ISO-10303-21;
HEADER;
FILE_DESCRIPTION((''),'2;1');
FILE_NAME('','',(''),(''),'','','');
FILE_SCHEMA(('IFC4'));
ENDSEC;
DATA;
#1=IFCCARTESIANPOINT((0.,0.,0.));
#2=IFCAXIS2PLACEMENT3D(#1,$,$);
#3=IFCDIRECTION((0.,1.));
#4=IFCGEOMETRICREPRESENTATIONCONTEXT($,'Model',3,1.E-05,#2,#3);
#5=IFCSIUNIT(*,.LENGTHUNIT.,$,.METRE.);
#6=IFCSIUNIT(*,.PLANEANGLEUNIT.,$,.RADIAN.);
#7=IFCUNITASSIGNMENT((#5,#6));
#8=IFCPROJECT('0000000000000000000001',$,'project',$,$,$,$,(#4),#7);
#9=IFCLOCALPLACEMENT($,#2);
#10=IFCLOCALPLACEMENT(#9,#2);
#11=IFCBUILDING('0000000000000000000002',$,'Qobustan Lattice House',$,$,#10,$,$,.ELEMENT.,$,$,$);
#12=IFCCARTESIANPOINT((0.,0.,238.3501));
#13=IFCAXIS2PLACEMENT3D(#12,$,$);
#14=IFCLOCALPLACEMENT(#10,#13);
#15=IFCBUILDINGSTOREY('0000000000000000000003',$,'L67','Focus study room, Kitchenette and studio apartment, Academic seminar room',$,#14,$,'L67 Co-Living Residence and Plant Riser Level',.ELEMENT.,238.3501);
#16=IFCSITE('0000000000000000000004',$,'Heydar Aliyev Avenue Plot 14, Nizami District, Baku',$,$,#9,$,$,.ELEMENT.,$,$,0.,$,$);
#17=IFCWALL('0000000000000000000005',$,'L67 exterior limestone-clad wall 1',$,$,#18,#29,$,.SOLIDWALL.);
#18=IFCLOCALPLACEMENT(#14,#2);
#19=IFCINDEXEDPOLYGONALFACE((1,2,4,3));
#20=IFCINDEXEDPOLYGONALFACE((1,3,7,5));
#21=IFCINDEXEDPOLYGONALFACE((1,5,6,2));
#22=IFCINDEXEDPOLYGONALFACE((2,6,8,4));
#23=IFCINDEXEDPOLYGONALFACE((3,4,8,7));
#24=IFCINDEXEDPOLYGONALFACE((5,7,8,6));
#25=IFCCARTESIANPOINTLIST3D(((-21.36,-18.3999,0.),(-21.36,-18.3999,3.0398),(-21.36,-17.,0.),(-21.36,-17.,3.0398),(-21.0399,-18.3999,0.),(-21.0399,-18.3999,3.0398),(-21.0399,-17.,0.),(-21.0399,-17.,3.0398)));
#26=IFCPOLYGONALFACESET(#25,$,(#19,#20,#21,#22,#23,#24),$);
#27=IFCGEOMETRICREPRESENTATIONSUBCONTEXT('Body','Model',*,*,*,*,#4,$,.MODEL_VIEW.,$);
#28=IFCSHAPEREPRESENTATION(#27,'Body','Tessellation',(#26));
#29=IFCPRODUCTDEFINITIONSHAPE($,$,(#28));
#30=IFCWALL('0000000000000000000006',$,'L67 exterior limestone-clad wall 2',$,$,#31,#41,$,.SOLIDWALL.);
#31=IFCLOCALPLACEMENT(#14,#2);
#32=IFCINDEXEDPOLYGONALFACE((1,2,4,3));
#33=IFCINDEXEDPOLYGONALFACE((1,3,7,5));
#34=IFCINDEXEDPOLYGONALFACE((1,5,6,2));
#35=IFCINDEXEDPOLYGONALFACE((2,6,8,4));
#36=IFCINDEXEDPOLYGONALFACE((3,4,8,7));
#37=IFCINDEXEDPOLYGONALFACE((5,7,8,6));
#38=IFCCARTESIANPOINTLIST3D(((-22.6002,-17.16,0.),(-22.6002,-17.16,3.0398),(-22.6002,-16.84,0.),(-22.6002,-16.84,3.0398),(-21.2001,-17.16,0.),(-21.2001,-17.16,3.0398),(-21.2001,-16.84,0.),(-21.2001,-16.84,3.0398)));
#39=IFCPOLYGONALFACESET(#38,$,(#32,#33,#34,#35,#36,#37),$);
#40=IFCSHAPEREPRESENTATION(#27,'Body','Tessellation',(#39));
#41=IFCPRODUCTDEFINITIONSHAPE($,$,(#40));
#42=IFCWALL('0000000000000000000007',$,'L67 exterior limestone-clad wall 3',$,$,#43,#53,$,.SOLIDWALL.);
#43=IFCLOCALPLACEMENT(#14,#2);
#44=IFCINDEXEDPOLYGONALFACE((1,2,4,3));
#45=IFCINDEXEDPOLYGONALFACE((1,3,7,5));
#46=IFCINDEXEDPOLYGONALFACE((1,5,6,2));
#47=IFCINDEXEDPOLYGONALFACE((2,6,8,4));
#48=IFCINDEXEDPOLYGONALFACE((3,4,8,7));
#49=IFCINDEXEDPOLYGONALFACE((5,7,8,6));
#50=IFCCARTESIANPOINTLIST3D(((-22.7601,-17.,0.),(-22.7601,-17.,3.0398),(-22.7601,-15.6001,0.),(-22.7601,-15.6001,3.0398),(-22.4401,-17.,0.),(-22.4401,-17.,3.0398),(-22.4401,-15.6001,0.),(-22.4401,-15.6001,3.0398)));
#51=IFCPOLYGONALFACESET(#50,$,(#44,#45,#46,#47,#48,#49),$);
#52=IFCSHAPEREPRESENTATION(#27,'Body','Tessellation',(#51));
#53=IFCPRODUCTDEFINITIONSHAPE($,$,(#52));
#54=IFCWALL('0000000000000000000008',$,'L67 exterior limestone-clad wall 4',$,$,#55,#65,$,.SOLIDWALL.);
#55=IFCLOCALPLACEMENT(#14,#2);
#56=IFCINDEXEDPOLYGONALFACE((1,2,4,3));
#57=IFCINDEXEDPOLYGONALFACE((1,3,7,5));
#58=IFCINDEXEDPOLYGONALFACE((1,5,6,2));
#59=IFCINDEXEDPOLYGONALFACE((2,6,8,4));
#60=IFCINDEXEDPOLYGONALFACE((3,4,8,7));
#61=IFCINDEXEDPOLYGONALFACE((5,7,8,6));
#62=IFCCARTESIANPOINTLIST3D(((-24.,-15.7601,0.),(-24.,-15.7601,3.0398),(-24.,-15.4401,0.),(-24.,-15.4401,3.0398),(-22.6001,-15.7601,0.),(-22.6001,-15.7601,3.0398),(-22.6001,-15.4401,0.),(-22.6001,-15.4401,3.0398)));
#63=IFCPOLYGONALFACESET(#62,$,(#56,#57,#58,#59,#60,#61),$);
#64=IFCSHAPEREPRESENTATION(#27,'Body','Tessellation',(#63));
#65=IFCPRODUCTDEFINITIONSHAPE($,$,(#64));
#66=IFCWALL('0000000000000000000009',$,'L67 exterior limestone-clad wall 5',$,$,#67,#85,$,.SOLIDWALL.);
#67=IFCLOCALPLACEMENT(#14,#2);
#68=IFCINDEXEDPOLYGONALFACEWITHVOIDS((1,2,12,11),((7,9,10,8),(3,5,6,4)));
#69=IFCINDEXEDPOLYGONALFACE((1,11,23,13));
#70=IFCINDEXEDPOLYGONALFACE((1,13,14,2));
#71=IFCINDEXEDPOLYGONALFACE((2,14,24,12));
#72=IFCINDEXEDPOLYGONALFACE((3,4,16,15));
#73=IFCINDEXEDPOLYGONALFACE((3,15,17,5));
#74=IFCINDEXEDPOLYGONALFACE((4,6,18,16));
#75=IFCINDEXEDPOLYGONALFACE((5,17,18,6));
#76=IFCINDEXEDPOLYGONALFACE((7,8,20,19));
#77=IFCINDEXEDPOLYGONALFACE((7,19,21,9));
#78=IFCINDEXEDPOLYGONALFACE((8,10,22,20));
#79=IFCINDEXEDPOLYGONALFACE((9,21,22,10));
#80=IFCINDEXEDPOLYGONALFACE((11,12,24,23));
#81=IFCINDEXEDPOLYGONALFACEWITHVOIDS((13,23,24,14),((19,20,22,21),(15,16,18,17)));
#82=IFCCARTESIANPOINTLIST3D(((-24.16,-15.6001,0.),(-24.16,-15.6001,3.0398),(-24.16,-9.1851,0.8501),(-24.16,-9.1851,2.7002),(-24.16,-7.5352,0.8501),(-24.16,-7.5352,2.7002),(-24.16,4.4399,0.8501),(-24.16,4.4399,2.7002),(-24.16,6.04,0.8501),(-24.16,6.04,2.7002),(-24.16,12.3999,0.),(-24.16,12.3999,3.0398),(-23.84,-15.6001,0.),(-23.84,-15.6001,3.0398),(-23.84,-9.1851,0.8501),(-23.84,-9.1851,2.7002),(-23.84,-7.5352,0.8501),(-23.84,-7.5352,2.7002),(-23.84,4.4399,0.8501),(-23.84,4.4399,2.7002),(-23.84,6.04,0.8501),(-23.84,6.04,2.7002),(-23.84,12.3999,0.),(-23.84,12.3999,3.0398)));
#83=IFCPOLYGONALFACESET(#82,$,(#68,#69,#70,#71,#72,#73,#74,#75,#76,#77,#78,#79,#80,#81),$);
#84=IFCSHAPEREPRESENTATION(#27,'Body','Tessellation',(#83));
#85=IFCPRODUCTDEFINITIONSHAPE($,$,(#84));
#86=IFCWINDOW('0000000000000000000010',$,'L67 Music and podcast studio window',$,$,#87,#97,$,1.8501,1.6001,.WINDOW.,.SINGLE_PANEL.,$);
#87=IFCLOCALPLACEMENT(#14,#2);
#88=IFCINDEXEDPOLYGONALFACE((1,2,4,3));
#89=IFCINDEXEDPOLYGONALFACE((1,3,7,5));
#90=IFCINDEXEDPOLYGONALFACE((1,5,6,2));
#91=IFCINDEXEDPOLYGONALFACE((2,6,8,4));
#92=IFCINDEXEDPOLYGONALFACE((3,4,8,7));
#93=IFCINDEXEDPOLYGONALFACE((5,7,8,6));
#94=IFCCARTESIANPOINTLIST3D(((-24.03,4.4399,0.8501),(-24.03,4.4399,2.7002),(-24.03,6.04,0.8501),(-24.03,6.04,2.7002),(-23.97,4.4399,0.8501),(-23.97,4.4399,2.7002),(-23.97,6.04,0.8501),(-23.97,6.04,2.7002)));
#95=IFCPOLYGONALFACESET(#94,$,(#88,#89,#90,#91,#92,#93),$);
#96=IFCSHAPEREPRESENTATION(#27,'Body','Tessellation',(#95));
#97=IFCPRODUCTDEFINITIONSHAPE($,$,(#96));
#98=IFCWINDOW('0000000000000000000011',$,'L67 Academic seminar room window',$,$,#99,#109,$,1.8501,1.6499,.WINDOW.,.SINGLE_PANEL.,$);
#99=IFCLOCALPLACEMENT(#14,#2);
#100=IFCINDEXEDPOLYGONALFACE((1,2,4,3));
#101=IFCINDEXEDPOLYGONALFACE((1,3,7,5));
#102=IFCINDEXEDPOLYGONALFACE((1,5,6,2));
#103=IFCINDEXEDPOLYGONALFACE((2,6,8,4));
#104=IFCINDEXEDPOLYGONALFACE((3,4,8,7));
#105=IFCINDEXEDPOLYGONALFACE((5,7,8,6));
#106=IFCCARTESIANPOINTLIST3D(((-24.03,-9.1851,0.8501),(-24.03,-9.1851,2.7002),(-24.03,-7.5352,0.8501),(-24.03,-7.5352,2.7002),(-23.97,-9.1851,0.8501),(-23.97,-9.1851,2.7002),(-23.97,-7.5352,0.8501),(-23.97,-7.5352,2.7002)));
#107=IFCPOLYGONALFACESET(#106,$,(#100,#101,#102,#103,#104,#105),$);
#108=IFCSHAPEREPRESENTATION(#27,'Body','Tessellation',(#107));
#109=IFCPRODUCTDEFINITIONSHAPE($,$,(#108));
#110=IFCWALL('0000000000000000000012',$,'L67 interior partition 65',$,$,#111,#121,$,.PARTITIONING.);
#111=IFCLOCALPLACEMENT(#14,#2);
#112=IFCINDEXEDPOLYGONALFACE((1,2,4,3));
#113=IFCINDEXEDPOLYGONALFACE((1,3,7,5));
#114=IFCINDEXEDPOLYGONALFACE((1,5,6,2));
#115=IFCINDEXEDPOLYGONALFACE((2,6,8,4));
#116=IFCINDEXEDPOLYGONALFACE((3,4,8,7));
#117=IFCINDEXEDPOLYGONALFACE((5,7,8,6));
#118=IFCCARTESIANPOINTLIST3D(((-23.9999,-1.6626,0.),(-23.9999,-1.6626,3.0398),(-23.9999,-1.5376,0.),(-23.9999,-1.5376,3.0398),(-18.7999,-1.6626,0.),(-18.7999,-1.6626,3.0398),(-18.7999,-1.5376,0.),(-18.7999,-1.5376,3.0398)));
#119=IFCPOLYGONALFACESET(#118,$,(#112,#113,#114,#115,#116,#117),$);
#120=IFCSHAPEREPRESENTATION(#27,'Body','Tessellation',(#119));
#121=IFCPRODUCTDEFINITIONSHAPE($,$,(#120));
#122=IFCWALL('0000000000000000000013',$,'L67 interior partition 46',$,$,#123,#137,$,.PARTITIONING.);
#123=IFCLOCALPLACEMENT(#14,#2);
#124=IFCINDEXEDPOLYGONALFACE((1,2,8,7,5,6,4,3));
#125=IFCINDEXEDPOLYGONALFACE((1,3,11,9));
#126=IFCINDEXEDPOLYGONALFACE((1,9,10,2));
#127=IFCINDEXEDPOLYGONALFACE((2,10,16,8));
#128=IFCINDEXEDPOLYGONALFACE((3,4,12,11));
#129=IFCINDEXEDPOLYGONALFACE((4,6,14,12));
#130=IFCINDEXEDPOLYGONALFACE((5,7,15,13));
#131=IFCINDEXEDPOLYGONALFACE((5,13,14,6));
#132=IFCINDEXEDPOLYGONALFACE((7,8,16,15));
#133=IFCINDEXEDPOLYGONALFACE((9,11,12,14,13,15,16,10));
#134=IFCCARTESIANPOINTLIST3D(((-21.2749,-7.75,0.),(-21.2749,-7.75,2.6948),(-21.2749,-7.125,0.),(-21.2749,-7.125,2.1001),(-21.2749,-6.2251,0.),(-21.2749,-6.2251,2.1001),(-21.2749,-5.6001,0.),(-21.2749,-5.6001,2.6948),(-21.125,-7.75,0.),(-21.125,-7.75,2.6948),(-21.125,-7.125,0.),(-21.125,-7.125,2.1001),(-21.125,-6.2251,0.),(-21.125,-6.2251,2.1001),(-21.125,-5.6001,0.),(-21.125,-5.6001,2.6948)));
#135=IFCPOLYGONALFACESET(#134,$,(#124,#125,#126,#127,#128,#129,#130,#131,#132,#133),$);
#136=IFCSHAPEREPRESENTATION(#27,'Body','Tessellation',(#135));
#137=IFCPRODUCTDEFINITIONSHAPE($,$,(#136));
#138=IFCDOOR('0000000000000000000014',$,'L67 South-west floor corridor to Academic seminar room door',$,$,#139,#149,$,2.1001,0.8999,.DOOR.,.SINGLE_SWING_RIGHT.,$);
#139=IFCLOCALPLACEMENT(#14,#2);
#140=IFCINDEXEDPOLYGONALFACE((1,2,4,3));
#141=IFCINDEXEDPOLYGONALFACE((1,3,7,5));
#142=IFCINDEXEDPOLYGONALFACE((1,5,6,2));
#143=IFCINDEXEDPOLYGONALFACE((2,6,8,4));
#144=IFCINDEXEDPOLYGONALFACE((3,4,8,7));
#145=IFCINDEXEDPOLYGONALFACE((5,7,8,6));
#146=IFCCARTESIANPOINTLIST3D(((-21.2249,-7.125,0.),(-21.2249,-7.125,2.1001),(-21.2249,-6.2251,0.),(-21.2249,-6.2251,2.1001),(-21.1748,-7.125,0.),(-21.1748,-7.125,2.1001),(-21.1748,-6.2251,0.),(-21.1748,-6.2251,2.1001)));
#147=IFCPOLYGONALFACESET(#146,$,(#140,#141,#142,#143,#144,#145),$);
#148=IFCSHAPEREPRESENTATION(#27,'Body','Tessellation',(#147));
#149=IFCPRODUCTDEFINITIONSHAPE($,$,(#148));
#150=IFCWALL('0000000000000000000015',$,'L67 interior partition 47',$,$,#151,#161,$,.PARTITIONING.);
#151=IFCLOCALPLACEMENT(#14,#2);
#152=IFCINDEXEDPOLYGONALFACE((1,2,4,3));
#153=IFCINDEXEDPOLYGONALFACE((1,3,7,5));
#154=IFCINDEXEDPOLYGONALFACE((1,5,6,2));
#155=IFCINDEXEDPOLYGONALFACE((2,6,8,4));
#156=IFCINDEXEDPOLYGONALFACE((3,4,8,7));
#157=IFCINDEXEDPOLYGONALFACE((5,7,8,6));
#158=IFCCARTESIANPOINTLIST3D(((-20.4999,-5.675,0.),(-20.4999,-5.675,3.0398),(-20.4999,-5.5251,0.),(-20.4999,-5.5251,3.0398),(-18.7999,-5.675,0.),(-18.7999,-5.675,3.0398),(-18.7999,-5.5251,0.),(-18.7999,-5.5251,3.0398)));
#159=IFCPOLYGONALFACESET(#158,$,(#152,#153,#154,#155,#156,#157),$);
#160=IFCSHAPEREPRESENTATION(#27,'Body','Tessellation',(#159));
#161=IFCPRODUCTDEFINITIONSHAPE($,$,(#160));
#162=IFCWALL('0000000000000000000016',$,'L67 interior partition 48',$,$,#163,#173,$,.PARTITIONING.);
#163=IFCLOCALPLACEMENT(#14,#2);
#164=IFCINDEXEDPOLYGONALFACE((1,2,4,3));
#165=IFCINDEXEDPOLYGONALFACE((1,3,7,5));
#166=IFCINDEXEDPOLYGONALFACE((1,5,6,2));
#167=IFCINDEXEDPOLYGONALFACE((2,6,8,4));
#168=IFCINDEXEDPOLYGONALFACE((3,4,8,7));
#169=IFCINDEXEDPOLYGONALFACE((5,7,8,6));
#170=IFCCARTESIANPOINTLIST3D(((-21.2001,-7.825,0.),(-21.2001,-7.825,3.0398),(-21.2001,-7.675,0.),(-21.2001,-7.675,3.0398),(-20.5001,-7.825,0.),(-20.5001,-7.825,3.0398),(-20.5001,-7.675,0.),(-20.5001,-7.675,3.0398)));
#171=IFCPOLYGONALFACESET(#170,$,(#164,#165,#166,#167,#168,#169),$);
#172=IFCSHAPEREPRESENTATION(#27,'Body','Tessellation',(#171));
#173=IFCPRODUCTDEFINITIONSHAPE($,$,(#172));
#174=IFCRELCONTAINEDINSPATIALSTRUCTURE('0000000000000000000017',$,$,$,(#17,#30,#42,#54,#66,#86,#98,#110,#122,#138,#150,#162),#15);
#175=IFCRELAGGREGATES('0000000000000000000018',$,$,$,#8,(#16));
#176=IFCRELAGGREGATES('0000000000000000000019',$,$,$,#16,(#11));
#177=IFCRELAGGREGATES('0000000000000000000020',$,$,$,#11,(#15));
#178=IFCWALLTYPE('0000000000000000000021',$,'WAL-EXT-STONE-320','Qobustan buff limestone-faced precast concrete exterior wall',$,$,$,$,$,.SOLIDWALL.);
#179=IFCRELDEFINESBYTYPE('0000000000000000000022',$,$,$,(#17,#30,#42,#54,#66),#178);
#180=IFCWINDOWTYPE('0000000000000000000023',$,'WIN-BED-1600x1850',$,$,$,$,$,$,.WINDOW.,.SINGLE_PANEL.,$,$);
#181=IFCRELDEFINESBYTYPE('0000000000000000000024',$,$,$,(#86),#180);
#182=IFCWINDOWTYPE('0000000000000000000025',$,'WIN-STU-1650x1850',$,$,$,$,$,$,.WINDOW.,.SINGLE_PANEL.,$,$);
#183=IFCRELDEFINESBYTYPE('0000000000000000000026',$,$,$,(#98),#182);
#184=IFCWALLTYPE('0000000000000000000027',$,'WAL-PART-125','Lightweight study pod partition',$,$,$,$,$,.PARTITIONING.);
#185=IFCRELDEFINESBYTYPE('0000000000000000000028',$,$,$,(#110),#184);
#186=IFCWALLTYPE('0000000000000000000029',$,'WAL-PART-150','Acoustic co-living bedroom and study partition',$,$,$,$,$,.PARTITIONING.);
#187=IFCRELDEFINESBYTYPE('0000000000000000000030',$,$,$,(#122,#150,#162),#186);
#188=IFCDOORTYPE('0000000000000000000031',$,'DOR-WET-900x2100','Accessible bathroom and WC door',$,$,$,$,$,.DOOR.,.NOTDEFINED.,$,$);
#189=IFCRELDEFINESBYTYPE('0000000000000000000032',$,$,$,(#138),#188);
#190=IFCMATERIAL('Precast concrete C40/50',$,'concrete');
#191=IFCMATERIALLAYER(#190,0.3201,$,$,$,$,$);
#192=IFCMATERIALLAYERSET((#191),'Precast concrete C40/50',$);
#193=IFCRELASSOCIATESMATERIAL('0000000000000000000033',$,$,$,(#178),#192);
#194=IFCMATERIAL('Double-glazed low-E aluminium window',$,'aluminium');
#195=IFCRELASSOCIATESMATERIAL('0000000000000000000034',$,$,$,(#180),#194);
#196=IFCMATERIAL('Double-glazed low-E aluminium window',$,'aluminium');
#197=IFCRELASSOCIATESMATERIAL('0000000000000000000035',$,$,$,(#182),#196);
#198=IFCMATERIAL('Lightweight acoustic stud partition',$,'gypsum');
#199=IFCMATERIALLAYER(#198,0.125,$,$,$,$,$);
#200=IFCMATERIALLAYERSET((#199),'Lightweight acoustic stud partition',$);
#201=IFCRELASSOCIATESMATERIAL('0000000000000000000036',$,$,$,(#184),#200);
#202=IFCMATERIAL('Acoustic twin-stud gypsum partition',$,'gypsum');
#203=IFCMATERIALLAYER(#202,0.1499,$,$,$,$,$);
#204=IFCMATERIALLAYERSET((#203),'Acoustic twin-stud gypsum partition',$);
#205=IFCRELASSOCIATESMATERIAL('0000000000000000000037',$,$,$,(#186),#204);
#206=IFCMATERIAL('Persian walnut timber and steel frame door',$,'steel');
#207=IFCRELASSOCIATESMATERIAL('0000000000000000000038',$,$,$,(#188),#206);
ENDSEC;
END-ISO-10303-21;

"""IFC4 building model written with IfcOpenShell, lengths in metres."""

from ifc_helpers import new_model, si_unit, direction, frame, frame_2d, origin, place, context, subcontext, project, spatial, rectangle, extrude, material, layer, layer_set, type_object, element, fill, save


model = new_model("IFC4")

# Units and contexts
model_context = context("Model", 3, precision=1e-05, world=origin(), true_north=direction((0.0, 1.0)))
body_context = subcontext(model_context, "Body", "Model", "MODEL_VIEW")
ifc_project = project(units=[si_unit("LENGTHUNIT", "METRE"), si_unit("PLANEANGLEUNIT", "RADIAN")], contexts=[model_context])

# Site, building, storey
site_placement = place(None, origin())
site = spatial("IfcSite", under=ifc_project, at=site_placement, Name="Heydar Aliyev Avenue Plot 14, Nizami District, Baku", CompositionType="ELEMENT", RefElevation=0.0)
building_placement = place(site_placement, origin())
building = spatial("IfcBuilding", under=site, at=building_placement, Name="Qobustan Lattice House", CompositionType="ELEMENT")
storey_placement = place(building_placement, frame((0.0, 0.0, 238.3501)))
storey = spatial("IfcBuildingStorey", under=building, at=storey_placement, Name="L67", Description="Focus study room, Kitchenette and studio apartment, Academic seminar room", LongName="L67 Co-Living Residence and Plant Riser Level", CompositionType="ELEMENT", Elevation=238.3501)

# Walls
ifc_material_1 = material(Name="Precast concrete C40/50", Category="concrete")
ifc_layer_1 = layer(ifc_material_1, 0.3201)
ifc_layer_set_1 = layer_set([ifc_layer_1], Name="Precast concrete C40/50")
wall_type_1 = type_object("IfcWallType", Name="WAL-EXT-STONE-320", Description="Qobustan buff limestone-faced precast concrete exterior wall", PredefinedType="SOLIDWALL", material=ifc_layer_set_1)
wall_1_placement = place(storey_placement, frame((-21.2, -18.3999, 0.0), z_axis=(0.0, 0.0, 1.0), x_axis=(0.0, 1.0, 0.0)))
element("IfcWall", 1, at=wall_1_placement, inside=storey, type_object=wall_type_1, Name="L67 exterior limestone-clad wall 1", PredefinedType="SOLIDWALL", context=body_context, shape_type="SweptSolid", body=[
    extrude(rectangle(XDim=1.3999, YDim=0.3201, at=frame_2d((0.7, 0.0))), origin(), (0.0, 0.0, 1.0), 3.0398),
])
wall_2_placement = place(storey_placement, frame((-21.2, -17.0, 0.0), z_axis=(0.0, 0.0, 1.0), x_axis=(-1.0, 0.0, 0.0)))
element("IfcWall", 2, at=wall_2_placement, inside=storey, type_object=wall_type_1, Name="L67 exterior limestone-clad wall 2", PredefinedType="SOLIDWALL", context=body_context, shape_type="SweptSolid", body=[
    extrude(rectangle(XDim=1.4001, YDim=0.3201, at=frame_2d((0.7002, 0.0))), origin(), (0.0, 0.0, 1.0), 3.0398),
])
for number, where, z_axis, x_axis, name in (
    (3, (-22.6001, -17.0, 0.0), (0.0, 0.0, 1.0), (0.0, 1.0, 0.0), "L67 exterior limestone-clad wall 3"),
    (4, (-22.6001, -15.6001, 0.0), (0.0, 0.0, 1.0), (-1.0, 0.0, 0.0), "L67 exterior limestone-clad wall 4"),
):
    element("IfcWall", number, at=place(storey_placement, frame(where, z_axis=z_axis, x_axis=x_axis)), inside=storey, type_object=wall_type_1, Name=name, PredefinedType="SOLIDWALL", context=body_context, shape_type="SweptSolid", body=[
        extrude(rectangle(XDim=1.3999, YDim=0.3201, at=frame_2d((0.7, 0.0))), origin(), (0.0, 0.0, 1.0), 3.0398),
    ])

# Wall, openings, windows
wall_3_placement = place(storey_placement, frame((-24.0, -15.6001, 0.0), z_axis=(0.0, 0.0, 1.0), x_axis=(0.0, 1.0, 0.0)))
wall_3 = element("IfcWall", 5, at=wall_3_placement, inside=storey, type_object=wall_type_1, Name="L67 exterior limestone-clad wall 5", PredefinedType="SOLIDWALL", context=body_context, shape_type="SweptSolid", body=[
    extrude(rectangle(XDim=28.0, YDim=0.3201, at=frame_2d((14.0, 0.0))), origin(), (0.0, 0.0, 1.0), 3.0398),
])
opening_1_placement = place(wall_3_placement, frame((6.415, 0.0, 0.8501)))
opening_1 = element("IfcOpeningElement", 6, at=opening_1_placement, cuts=wall_3, PredefinedType="OPENING", context=body_context, shape_type="SweptSolid", body=[
    extrude(rectangle(XDim=1.6499, YDim=1.8501, at=frame_2d((0.825, 0.925))), frame((0.0, 0.1699, 0.0), z_axis=(0.0, -1.0, 0.0), x_axis=(1.0, 0.0, 0.0)), (0.0, 0.0, 1.0), 0.3401),
])
opening_2_placement = place(wall_3_placement, frame((20.04, 0.0, 0.8501)))
opening_2 = element("IfcOpeningElement", 7, at=opening_2_placement, cuts=wall_3, PredefinedType="OPENING", context=body_context, shape_type="SweptSolid", body=[
    extrude(rectangle(XDim=1.6001, YDim=1.8501, at=frame_2d((0.8, 0.925))), frame((0.0, 0.1699, 0.0), z_axis=(0.0, -1.0, 0.0), x_axis=(1.0, 0.0, 0.0)), (0.0, 0.0, 1.0), 0.3401),
])
ifc_material_2 = material(Name="Double-glazed low-E aluminium window", Category="aluminium")
window_type_1 = type_object("IfcWindowType", Name="WIN-BED-1600x1850", PartitioningType="SINGLE_PANEL", PredefinedType="WINDOW", material=ifc_material_2)
window_1_placement = place(opening_2_placement, origin())
window_1 = element("IfcWindow", 8, at=window_1_placement, inside=storey, type_object=window_type_1, Name="L67 Music and podcast studio window", OverallHeight=1.8501, OverallWidth=1.6001, PartitioningType="SINGLE_PANEL", PredefinedType="WINDOW", context=body_context, shape_type="SweptSolid", body=[
    extrude(rectangle(XDim=1.6001, YDim=1.8501, at=frame_2d((0.8, 0.925))), frame((0.0, 0.03, 0.0), z_axis=(0.0, -1.0, 0.0), x_axis=(1.0, 0.0, 0.0)), (0.0, 0.0, 1.0), 0.0601),
])
fill(opening_2, window_1)
ifc_material_3 = material(Name="Double-glazed low-E aluminium window", Category="aluminium")
window_type_2 = type_object("IfcWindowType", Name="WIN-STU-1650x1850", PartitioningType="SINGLE_PANEL", PredefinedType="WINDOW", material=ifc_material_3)
window_2_placement = place(opening_1_placement, origin())
window_2 = element("IfcWindow", 9, at=window_2_placement, inside=storey, type_object=window_type_2, Name="L67 Academic seminar room window", OverallHeight=1.8501, OverallWidth=1.6499, PartitioningType="SINGLE_PANEL", PredefinedType="WINDOW", context=body_context, shape_type="SweptSolid", body=[
    extrude(rectangle(XDim=1.6499, YDim=1.8501, at=frame_2d((0.825, 0.925))), frame((0.0, 0.03, 0.0), z_axis=(0.0, -1.0, 0.0), x_axis=(1.0, 0.0, 0.0)), (0.0, 0.0, 1.0), 0.0601),
])
fill(opening_1, window_2)

# Wall
ifc_material_4 = material(Name="Lightweight acoustic stud partition", Category="gypsum")
ifc_layer_2 = layer(ifc_material_4, 0.125)
ifc_layer_set_2 = layer_set([ifc_layer_2], Name="Lightweight acoustic stud partition")
wall_type_2 = type_object("IfcWallType", Name="WAL-PART-125", Description="Lightweight study pod partition", PredefinedType="PARTITIONING", material=ifc_layer_set_2)
wall_4_placement = place(storey_placement, frame((-24.0, -1.6001, 0.0), z_axis=(0.0, 0.0, 1.0), x_axis=(1.0, 0.0, 0.0)))
element("IfcWall", 10, at=wall_4_placement, inside=storey, type_object=wall_type_2, Name="L67 interior partition 65", PredefinedType="PARTITIONING", context=body_context, shape_type="SweptSolid", body=[
    extrude(rectangle(XDim=5.2, YDim=0.125, at=frame_2d((2.6001, 0.0))), origin(), (0.0, 0.0, 1.0), 3.0398),
])

# Wall, opening, door
ifc_material_5 = material(Name="Acoustic twin-stud gypsum partition", Category="gypsum")
ifc_layer_3 = layer(ifc_material_5, 0.1499)
ifc_layer_set_3 = layer_set([ifc_layer_3], Name="Acoustic twin-stud gypsum partition")
wall_type_3 = type_object("IfcWallType", Name="WAL-PART-150", Description="Acoustic co-living bedroom and study partition", PredefinedType="PARTITIONING", material=ifc_layer_set_3)
wall_5_placement = place(storey_placement, frame((-21.2, -7.75, 0.0), z_axis=(0.0, 0.0, 1.0), x_axis=(0.0, 1.0, 0.0)))
wall_5 = element("IfcWall", 11, at=wall_5_placement, inside=storey, type_object=wall_type_3, Name="L67 interior partition 46", PredefinedType="PARTITIONING", context=body_context, shape_type="SweptSolid", body=[
    extrude(rectangle(XDim=2.1499, YDim=0.1499, at=frame_2d((1.075, 0.0))), origin(), (0.0, 0.0, 1.0), 2.6948),
])
opening_3_placement = place(wall_5_placement, frame((0.625, 0.0, 0.0)))
opening_3 = element("IfcOpeningElement", 12, at=opening_3_placement, cuts=wall_5, PredefinedType="OPENING", context=body_context, shape_type="SweptSolid", body=[
    extrude(rectangle(XDim=0.8999, YDim=2.1001, at=frame_2d((0.45, 1.05))), frame((0.0, 0.085, 0.0), z_axis=(0.0, -1.0, 0.0), x_axis=(1.0, 0.0, 0.0)), (0.0, 0.0, 1.0), 0.1699),
])
ifc_material_6 = material(Name="Persian walnut timber and steel frame door", Category="steel")
door_type_1 = type_object("IfcDoorType", Name="DOR-WET-900x2100", Description="Accessible bathroom and WC door", OperationType="NOTDEFINED", PredefinedType="DOOR", material=ifc_material_6)
door_1_placement = place(opening_3_placement, origin())
door_1 = element("IfcDoor", 13, at=door_1_placement, inside=storey, type_object=door_type_1, Name="L67 South-west floor corridor to Academic seminar room door", OperationType="SINGLE_SWING_RIGHT", OverallHeight=2.1001, OverallWidth=0.8999, PredefinedType="DOOR", context=body_context, shape_type="SweptSolid", body=[
    extrude(rectangle(XDim=0.8999, YDim=2.1001, at=frame_2d((0.45, 1.05))), frame((0.0, 0.0249, 0.0), z_axis=(0.0, -1.0, 0.0), x_axis=(1.0, 0.0, 0.0)), (0.0, 0.0, 1.0), 0.05),
])
fill(opening_3, door_1)

# Walls
wall_6_placement = place(storey_placement, frame((-20.5, -5.6001, 0.0), z_axis=(0.0, 0.0, 1.0), x_axis=(1.0, 0.0, 0.0)))
element("IfcWall", 14, at=wall_6_placement, inside=storey, type_object=wall_type_3, Name="L67 interior partition 47", PredefinedType="PARTITIONING", context=body_context, shape_type="SweptSolid", body=[
    extrude(rectangle(XDim=1.7, YDim=0.1499, at=frame_2d((0.8501, 0.0))), origin(), (0.0, 0.0, 1.0), 3.0398),
])
for number, where, z_axis, x_axis, name in (
    (15, (-20.5, -7.75, 0.0), (0.0, 0.0, 1.0), (-1.0, 0.0, 0.0), "L67 interior partition 48"),
):
    element("IfcWall", number, at=place(storey_placement, frame(where, z_axis=z_axis, x_axis=x_axis)), inside=storey, type_object=wall_type_3, Name=name, PredefinedType="PARTITIONING", context=body_context, shape_type="SweptSolid", body=[
        extrude(rectangle(XDim=0.7, YDim=0.1499, at=frame_2d((0.3501, 0.0))), origin(), (0.0, 0.0, 1.0), 3.0398),
    ])

save(model, "model.ifc")
